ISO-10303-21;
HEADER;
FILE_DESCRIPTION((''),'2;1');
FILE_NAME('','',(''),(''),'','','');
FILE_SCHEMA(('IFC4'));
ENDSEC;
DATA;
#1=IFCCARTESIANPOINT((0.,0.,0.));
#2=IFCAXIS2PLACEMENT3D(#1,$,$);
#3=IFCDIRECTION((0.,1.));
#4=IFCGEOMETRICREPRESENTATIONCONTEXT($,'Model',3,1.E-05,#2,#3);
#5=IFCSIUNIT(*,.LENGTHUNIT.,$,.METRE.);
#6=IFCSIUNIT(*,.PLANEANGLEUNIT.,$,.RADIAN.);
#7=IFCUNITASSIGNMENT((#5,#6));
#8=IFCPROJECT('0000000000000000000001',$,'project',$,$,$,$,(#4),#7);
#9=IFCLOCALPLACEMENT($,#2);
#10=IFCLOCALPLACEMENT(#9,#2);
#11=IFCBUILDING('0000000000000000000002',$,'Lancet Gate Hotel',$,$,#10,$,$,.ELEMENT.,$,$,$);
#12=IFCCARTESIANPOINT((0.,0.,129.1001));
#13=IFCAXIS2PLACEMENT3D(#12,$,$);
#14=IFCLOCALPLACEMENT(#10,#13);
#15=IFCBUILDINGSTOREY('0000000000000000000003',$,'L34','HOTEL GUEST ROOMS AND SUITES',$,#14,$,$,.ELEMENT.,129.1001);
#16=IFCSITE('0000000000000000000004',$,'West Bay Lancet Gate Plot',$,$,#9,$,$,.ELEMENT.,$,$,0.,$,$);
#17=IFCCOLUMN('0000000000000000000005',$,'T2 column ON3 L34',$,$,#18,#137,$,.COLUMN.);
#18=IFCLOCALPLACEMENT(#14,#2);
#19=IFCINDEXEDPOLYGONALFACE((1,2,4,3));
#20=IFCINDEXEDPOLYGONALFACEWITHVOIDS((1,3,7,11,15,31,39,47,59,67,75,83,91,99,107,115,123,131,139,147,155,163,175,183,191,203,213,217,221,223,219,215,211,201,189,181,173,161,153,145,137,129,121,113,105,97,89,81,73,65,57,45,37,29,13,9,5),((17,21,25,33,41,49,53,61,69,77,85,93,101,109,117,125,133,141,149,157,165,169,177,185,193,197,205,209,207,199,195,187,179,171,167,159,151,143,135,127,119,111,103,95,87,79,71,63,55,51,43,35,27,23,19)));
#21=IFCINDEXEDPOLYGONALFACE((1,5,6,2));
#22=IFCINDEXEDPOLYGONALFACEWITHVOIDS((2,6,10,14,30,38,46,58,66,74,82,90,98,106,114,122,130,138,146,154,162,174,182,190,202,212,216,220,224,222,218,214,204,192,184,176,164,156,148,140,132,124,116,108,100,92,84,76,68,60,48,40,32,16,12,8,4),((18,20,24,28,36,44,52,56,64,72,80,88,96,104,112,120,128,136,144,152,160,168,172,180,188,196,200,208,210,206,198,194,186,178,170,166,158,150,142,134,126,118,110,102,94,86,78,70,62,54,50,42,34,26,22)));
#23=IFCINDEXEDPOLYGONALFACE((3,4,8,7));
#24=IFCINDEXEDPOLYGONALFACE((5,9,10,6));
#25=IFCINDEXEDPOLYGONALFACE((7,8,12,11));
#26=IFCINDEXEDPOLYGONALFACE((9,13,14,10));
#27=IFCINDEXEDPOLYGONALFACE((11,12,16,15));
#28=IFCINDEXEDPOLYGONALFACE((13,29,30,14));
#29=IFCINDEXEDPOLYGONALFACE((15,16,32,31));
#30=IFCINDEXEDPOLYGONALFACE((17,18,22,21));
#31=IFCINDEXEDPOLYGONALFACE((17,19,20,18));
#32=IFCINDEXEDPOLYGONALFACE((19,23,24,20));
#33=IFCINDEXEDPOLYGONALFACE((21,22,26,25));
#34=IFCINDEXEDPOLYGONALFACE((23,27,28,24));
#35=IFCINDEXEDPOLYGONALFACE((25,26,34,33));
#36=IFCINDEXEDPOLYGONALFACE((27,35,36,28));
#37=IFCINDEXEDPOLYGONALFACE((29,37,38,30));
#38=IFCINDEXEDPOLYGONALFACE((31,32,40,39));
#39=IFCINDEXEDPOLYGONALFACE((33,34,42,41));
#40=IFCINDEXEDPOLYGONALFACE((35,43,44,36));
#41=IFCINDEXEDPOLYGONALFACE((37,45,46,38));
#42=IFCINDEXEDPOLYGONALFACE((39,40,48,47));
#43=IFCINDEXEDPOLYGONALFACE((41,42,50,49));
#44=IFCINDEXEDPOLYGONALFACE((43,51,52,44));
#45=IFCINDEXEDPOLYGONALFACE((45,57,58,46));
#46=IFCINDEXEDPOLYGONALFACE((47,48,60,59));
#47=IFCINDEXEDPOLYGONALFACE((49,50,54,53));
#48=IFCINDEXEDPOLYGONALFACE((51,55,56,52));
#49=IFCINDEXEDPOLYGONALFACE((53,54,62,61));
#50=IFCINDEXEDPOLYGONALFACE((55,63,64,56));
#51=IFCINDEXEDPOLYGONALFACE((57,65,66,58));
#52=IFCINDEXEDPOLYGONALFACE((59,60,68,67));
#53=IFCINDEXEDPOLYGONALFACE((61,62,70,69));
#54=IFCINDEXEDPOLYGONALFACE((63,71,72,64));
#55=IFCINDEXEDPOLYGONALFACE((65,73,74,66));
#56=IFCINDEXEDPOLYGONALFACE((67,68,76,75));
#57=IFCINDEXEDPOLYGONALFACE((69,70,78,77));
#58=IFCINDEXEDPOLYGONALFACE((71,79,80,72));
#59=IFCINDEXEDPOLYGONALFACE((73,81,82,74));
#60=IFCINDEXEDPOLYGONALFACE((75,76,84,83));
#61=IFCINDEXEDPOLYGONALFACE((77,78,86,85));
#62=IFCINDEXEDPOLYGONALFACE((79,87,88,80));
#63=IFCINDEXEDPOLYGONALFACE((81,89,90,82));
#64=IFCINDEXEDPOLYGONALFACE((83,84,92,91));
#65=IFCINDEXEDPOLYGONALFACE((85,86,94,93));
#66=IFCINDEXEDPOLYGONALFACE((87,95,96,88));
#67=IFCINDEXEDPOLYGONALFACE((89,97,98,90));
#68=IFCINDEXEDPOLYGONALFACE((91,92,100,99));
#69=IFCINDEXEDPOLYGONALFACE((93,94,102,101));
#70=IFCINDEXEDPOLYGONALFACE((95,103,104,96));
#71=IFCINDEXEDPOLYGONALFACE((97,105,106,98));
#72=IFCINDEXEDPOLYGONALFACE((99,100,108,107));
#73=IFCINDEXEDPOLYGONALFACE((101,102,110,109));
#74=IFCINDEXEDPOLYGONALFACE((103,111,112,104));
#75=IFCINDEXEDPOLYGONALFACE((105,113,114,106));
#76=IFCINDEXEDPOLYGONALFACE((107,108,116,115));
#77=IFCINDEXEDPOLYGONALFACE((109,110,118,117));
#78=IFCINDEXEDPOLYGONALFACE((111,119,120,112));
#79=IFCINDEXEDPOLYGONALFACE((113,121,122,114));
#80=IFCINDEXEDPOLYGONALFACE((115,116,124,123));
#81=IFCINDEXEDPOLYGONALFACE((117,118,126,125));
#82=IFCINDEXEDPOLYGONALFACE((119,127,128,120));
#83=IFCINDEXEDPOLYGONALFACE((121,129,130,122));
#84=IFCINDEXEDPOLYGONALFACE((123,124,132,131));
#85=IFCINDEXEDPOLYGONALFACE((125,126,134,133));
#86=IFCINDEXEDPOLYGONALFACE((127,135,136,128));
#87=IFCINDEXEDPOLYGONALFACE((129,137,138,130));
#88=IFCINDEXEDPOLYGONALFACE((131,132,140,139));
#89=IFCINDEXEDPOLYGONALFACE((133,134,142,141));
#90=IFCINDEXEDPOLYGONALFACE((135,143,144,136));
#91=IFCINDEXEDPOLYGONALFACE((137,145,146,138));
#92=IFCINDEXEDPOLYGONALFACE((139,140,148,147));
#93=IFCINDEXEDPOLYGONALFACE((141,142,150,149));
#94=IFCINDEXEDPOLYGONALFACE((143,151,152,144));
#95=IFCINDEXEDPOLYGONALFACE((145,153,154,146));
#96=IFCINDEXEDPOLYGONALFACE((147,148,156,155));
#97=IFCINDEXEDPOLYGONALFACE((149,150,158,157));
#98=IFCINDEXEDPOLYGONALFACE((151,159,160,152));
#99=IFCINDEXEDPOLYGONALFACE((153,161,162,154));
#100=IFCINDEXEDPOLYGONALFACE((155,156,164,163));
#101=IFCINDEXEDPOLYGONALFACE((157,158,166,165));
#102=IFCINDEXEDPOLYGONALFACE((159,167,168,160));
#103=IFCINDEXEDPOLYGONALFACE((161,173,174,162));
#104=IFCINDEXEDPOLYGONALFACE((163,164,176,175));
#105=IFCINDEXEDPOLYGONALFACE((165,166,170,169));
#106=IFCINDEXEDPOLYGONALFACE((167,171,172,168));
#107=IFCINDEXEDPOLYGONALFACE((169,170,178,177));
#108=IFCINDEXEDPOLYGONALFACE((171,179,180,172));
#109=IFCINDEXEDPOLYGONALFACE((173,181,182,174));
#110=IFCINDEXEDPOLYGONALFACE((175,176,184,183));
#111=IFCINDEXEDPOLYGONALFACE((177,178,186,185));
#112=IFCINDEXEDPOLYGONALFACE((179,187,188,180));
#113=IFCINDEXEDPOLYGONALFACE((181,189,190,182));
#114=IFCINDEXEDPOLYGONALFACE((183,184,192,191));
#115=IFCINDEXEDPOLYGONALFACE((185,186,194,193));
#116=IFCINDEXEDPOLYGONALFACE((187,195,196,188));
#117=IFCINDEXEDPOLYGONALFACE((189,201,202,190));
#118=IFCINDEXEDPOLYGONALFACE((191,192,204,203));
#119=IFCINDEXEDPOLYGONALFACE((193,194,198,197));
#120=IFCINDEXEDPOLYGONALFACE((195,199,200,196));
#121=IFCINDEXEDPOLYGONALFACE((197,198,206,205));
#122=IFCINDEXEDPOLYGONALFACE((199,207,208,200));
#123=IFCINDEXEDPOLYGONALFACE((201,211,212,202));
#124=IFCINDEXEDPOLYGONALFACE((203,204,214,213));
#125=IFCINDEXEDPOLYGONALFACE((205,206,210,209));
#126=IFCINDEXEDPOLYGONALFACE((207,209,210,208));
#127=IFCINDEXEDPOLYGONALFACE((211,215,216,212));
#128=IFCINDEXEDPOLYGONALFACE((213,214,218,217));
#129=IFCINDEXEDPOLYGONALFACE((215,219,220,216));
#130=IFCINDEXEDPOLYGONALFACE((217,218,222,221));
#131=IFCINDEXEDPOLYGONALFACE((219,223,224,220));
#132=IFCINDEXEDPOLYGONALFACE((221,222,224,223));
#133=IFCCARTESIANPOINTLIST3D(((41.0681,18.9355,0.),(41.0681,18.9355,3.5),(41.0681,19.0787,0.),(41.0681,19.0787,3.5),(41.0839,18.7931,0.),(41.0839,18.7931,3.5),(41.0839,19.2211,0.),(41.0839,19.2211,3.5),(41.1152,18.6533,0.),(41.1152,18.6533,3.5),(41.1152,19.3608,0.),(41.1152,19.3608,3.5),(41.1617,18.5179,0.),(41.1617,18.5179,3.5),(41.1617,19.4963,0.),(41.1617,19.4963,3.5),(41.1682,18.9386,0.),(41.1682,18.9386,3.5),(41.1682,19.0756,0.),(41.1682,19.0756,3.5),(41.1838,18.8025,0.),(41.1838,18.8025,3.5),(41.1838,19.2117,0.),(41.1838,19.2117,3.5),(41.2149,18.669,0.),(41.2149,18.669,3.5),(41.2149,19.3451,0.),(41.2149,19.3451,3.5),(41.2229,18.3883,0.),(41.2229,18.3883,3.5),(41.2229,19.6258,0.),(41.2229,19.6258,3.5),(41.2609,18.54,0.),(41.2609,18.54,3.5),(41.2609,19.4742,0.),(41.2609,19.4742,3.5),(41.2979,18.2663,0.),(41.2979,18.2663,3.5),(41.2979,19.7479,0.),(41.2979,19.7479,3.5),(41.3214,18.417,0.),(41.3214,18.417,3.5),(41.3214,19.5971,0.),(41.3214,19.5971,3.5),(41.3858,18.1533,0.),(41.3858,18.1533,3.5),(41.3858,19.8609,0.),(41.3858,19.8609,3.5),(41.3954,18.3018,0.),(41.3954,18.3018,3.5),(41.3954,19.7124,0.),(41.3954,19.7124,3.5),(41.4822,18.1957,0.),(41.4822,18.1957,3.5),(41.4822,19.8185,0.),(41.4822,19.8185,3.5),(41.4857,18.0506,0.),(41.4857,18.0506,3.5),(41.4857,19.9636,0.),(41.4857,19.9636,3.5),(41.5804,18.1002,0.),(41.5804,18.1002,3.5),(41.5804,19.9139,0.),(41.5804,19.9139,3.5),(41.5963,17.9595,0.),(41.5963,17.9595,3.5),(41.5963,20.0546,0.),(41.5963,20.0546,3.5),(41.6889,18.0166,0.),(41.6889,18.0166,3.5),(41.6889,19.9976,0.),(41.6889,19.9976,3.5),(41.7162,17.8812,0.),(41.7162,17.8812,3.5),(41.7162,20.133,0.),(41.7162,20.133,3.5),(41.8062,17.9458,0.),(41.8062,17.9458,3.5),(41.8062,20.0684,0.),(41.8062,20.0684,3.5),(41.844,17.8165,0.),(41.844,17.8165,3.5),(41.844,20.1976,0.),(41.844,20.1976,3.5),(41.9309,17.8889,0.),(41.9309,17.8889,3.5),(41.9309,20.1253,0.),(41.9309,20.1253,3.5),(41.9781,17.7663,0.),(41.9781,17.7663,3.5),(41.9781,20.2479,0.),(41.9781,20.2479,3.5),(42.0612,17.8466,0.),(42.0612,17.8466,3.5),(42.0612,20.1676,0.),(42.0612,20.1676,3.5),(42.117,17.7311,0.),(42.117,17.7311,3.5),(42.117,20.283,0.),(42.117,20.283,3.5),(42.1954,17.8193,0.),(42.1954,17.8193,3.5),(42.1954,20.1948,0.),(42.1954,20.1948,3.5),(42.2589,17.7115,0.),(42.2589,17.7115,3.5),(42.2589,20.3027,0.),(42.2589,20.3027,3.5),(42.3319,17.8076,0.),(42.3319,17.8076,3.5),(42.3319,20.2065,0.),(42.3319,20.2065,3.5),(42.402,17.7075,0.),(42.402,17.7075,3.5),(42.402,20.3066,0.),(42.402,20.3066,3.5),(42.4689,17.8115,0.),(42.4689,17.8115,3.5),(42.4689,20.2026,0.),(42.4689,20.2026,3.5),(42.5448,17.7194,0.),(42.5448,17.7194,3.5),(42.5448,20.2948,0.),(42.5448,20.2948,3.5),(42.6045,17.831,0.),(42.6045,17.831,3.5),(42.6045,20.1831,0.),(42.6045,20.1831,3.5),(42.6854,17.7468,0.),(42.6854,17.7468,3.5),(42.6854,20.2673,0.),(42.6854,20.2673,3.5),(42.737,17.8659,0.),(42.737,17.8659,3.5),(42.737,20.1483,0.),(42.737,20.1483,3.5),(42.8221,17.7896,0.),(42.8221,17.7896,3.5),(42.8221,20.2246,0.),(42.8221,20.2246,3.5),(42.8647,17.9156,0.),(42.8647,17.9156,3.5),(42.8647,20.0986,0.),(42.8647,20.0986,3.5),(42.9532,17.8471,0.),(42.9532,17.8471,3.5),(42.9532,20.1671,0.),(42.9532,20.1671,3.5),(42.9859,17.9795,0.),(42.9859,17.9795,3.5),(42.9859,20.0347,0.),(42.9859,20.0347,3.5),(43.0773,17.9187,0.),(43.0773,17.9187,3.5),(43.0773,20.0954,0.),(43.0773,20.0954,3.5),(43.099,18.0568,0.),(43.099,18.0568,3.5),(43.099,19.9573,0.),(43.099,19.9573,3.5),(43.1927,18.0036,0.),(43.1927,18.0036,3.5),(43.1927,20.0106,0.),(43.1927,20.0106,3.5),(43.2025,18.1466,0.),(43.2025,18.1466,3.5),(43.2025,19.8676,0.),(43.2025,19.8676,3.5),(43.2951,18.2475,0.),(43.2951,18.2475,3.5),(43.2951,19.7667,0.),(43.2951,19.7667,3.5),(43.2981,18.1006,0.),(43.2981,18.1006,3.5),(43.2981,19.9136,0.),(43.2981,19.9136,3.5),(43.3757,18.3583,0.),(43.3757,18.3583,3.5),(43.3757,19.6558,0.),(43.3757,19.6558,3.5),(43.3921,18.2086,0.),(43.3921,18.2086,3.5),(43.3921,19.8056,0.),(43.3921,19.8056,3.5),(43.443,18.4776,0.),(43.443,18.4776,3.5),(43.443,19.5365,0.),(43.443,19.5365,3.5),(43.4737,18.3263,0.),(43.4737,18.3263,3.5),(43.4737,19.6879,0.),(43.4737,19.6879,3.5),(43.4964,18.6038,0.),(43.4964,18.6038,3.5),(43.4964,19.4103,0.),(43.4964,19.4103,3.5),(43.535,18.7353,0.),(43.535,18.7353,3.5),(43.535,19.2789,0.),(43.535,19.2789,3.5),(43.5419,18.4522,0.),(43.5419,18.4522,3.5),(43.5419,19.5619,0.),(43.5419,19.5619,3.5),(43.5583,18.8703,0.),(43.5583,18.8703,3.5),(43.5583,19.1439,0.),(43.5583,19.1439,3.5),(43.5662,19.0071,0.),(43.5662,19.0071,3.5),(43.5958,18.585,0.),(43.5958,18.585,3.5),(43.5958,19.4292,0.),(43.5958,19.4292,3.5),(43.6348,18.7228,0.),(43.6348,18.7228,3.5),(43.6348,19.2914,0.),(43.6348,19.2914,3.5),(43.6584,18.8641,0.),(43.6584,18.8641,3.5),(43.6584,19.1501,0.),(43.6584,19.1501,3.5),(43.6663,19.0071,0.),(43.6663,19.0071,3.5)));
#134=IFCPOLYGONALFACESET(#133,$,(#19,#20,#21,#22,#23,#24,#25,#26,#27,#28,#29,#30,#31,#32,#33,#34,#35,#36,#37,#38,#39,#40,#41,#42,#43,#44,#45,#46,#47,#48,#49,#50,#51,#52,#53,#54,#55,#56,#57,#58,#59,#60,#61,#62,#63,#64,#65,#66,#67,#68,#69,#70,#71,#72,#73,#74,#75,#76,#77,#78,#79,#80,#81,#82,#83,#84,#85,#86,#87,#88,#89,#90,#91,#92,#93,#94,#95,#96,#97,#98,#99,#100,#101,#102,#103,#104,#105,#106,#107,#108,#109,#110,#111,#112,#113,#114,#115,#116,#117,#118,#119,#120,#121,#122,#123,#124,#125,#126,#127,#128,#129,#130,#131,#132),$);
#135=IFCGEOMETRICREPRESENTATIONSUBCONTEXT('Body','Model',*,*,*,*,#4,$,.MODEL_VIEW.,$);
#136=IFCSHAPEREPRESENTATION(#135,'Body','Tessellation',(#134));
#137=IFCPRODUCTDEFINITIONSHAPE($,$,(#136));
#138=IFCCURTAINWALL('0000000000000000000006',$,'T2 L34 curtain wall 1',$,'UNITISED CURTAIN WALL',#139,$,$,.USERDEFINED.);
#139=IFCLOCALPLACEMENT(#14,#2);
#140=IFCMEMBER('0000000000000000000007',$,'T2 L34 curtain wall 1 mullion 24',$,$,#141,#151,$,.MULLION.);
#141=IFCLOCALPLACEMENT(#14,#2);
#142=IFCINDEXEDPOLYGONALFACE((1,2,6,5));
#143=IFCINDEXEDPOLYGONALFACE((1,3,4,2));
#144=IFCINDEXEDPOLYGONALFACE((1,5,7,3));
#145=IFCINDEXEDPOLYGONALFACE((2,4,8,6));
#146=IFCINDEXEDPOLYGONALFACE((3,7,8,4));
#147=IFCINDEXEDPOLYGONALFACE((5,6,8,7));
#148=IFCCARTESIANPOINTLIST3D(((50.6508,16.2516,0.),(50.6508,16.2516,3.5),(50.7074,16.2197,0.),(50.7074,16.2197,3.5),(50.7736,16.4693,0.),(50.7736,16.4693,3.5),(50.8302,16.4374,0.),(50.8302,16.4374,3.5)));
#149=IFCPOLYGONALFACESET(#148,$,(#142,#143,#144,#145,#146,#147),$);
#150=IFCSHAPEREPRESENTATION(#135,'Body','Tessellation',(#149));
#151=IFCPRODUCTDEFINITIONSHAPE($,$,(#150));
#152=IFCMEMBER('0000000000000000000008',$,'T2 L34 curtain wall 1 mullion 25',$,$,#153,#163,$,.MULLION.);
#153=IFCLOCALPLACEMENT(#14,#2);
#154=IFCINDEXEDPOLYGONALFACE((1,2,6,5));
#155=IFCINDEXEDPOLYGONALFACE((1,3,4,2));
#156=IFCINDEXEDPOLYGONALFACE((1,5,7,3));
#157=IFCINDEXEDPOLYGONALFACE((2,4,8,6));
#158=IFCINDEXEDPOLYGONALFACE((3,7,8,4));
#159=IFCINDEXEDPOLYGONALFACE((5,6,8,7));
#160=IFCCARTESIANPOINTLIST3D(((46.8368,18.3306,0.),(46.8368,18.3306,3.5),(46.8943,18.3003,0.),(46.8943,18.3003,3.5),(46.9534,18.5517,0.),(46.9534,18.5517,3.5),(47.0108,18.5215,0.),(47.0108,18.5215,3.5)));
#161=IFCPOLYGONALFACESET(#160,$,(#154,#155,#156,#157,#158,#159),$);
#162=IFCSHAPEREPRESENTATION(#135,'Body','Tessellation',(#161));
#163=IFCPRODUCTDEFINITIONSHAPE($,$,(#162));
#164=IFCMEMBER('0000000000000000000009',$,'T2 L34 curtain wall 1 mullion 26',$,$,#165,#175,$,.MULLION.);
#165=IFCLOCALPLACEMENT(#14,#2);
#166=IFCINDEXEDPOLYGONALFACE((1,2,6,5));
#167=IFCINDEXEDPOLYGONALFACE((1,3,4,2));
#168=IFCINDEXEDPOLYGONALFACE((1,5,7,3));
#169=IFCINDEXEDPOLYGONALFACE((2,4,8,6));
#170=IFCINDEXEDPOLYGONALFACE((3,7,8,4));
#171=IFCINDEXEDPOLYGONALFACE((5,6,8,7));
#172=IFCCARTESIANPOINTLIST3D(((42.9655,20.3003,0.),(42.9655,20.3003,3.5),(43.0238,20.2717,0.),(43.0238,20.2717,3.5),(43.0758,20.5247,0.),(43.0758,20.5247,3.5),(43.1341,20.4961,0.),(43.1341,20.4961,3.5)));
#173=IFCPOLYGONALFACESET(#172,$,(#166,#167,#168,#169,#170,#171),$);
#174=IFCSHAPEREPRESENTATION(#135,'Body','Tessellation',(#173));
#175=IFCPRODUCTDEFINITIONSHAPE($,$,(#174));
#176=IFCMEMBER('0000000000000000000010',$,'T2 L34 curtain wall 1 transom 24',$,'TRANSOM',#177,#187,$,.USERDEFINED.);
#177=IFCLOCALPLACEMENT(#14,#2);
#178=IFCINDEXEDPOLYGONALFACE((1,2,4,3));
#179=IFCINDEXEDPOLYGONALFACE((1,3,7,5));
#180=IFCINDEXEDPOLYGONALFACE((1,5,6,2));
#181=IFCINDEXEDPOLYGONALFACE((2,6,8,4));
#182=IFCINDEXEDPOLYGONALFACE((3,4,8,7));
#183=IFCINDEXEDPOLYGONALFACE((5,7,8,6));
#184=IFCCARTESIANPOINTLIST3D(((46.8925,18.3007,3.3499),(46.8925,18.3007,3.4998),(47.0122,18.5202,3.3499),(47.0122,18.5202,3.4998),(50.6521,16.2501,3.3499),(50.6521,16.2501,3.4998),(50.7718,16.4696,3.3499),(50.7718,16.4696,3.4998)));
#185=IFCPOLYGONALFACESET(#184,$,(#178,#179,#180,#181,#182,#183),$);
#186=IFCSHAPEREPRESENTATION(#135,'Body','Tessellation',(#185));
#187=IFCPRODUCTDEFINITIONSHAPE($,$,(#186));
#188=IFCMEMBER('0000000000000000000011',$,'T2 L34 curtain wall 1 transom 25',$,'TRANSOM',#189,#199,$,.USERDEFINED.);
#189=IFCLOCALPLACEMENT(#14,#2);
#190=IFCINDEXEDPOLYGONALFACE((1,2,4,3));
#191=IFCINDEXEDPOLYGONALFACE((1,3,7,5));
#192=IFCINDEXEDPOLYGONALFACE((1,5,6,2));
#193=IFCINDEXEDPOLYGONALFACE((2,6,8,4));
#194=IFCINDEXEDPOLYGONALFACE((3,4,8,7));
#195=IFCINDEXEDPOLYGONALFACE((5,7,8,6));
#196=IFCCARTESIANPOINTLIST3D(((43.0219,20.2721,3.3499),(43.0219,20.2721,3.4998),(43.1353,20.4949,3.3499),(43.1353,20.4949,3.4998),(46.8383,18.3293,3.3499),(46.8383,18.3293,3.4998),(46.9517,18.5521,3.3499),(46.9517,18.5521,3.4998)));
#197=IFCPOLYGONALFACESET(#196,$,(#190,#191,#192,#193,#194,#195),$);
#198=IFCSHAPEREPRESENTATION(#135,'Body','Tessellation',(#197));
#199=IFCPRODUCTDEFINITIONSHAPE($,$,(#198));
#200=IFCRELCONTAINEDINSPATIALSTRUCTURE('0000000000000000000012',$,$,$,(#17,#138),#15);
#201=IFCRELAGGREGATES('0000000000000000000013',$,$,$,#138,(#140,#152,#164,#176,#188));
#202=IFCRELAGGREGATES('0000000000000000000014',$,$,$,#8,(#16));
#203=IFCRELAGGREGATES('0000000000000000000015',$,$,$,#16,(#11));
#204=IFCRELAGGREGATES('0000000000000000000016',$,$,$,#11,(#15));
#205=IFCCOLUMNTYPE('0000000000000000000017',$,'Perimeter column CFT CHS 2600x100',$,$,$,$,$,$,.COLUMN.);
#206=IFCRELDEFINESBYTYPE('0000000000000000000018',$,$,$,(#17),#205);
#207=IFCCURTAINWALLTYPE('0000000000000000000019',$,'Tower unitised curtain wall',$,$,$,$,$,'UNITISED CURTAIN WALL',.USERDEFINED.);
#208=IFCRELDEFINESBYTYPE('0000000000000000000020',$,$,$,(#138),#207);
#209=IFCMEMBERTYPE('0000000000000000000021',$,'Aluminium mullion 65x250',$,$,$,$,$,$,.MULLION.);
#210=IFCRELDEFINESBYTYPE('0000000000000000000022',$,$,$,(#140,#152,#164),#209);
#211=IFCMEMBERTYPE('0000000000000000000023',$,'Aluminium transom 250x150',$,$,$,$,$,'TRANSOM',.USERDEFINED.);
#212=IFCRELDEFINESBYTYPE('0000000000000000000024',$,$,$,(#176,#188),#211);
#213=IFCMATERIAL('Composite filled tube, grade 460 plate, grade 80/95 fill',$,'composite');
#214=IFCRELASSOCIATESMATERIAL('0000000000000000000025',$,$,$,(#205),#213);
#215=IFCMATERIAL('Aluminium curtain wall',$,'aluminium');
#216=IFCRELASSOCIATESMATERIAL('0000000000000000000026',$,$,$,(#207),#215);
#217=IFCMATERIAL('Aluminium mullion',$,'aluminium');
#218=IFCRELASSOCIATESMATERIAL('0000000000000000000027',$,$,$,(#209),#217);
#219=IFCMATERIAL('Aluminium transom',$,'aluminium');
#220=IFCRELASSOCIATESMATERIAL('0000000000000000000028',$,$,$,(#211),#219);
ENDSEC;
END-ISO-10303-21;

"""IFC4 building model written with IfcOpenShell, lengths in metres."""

from ifc_helpers import new_model, si_unit, direction, frame, origin, origin_2d, place, context, subcontext, project, spatial, rectangle, hollow_circle, extrude, material, material_profile, profile_set, type_object, element, aggregate, save


model = new_model("IFC4")

# Units and contexts
model_context = context("Model", 3, precision=1e-05, world=origin(), true_north=direction((0.0, 1.0)))
body_context = subcontext(model_context, "Body", "Model", "MODEL_VIEW")
ifc_project = project(units=[si_unit("LENGTHUNIT", "METRE"), si_unit("PLANEANGLEUNIT", "RADIAN")], contexts=[model_context])

# Site, building, storey
site_placement = place(None, origin())
site = spatial("IfcSite", under=ifc_project, at=site_placement, Name="West Bay Lancet Gate Plot", CompositionType="ELEMENT", RefElevation=0.0)
building_placement = place(site_placement, origin())
building = spatial("IfcBuilding", under=site, at=building_placement, Name="Lancet Gate Hotel", CompositionType="ELEMENT")
storey_placement = place(building_placement, frame((0.0, 0.0, 129.1001)))
storey = spatial("IfcBuildingStorey", under=building, at=storey_placement, Name="L34", Description="HOTEL GUEST ROOMS AND SUITES", CompositionType="ELEMENT", Elevation=129.1001)

# Column
ifc_material_1 = material(Name="Composite filled tube, grade 460 plate, grade 80/95 fill", Category="composite")
ifc_material_profile_1 = material_profile(ifc_material_1, hollow_circle(Radius=1.3, WallThickness=0.1001, at=origin_2d()), Name="CHS 2600x100")
ifc_profile_set_1 = profile_set([ifc_material_profile_1], Name="Composite filled tube, grade 460 plate, grade 80/95 fill")
column_type = type_object("IfcColumnType", Name="Perimeter column CFT CHS 2600x100", PredefinedType="COLUMN", material=ifc_profile_set_1)
for number, where, z_axis, x_axis, name in (
    (1, (42.3662, 19.0071, 0.0), (0.0, 0.0, 1.0), (1.0, 0.0, 0.0), "T2 column ON3 L34"),
):
    element("IfcColumn", number, at=place(storey_placement, frame(where, z_axis=z_axis, x_axis=x_axis)), inside=storey, type_object=column_type, Name=name, PredefinedType="COLUMN", context=body_context, shape_type="SweptSolid", body=[
        extrude(hollow_circle(Radius=1.3, WallThickness=0.1001, at=origin_2d()), origin(), (0.0, 0.0, 1.0), 3.5),
    ])

# Curtain wall, members
ifc_material_2 = material(Name="Aluminium curtain wall", Category="aluminium")
curtain_wall_type = type_object("IfcCurtainWallType", Name="Tower unitised curtain wall", ElementType="UNITISED CURTAIN WALL", PredefinedType="USERDEFINED", material=ifc_material_2)
curtain_wall_placement = place(storey_placement, origin())
curtain_wall = element("IfcCurtainWall", 2, at=curtain_wall_placement, inside=storey, type_object=curtain_wall_type, Name="T2 L34 curtain wall 1", ObjectType="UNITISED CURTAIN WALL", PredefinedType="USERDEFINED")
ifc_material_3 = material(Name="Aluminium mullion", Category="aluminium")
ifc_material_profile_2 = material_profile(ifc_material_3, rectangle(XDim=0.0649, YDim=0.25, at=origin_2d()), Name="MULLION 65x250")
ifc_profile_set_2 = profile_set([ifc_material_profile_2], Name="Aluminium mullion")
member_type_1 = type_object("IfcMemberType", Name="Aluminium mullion 65x250", PredefinedType="MULLION", material=ifc_profile_set_2)
member_1_placement = place(storey_placement, frame((50.7405, 16.3445, 0.0), z_axis=(0.0, 0.0, 1.0), x_axis=(-0.871029, 0.491232, 0.0)))
member_1 = element("IfcMember", 3, at=member_1_placement, type_object=member_type_1, Name="T2 L34 curtain wall 1 mullion 24", PredefinedType="MULLION", context=body_context, shape_type="SweptSolid", body=[
    extrude(rectangle(XDim=0.0649, YDim=0.25, at=origin_2d()), origin(), (0.0, 0.0, 1.0), 3.5),
])
member_2_placement = place(storey_placement, frame((46.9238, 18.426, 0.0), z_axis=(0.0, 0.0, 1.0), x_axis=(-0.884627, 0.466299, 0.0)))
member_2 = element("IfcMember", 4, at=member_2_placement, type_object=member_type_1, Name="T2 L34 curtain wall 1 mullion 25", PredefinedType="MULLION", context=body_context, shape_type="SweptSolid", body=[
    extrude(rectangle(XDim=0.0649, YDim=0.25, at=origin_2d()), origin(), (0.0, 0.0, 1.0), 3.5),
])
member_3_placement = place(storey_placement, frame((43.0498, 20.3982, 0.0), z_axis=(0.0, 0.0, 1.0), x_axis=(-0.897512, 0.44099, 0.0)))
member_3 = element("IfcMember", 5, at=member_3_placement, type_object=member_type_1, Name="T2 L34 curtain wall 1 mullion 26", PredefinedType="MULLION", context=body_context, shape_type="SweptSolid", body=[
    extrude(rectangle(XDim=0.0649, YDim=0.25, at=origin_2d()), origin(), (0.0, 0.0, 1.0), 3.5),
])
ifc_material_4 = material(Name="Aluminium transom", Category="aluminium")
ifc_material_profile_3 = material_profile(ifc_material_4, rectangle(XDim=0.25, YDim=0.1499, at=origin_2d()), Name="TRANSOM 250x150")
ifc_profile_set_3 = profile_set([ifc_material_profile_3], Name="Aluminium transom")
member_type_2 = type_object("IfcMemberType", Name="Aluminium transom 250x150", ElementType="TRANSOM", PredefinedType="USERDEFINED", material=ifc_profile_set_3)
member_4_placement = place(storey_placement, frame((50.7119, 16.3599, 3.4248), z_axis=(-0.877906, 0.478832, 0.0), x_axis=(-0.478832, -0.877906, 0.0)))
member_4 = element("IfcMember", 6, at=member_4_placement, type_object=member_type_2, Name="T2 L34 curtain wall 1 transom 24", ObjectType="TRANSOM", PredefinedType="USERDEFINED", context=body_context, shape_type="SweptSolid", body=[
    extrude(rectangle(XDim=0.25, YDim=0.1499, at=origin_2d()), origin(), (0.0, 0.0, 1.0), 4.2825),
])
member_5_placement = place(storey_placement, frame((46.895, 18.4407, 3.4248), z_axis=(-0.891166, 0.453678, 0.0), x_axis=(-0.453678, -0.891166, 0.0)))
member_5 = element("IfcMember", 7, at=member_5_placement, type_object=member_type_2, Name="T2 L34 curtain wall 1 transom 25", ObjectType="TRANSOM", PredefinedType="USERDEFINED", context=body_context, shape_type="SweptSolid", body=[
    extrude(rectangle(XDim=0.25, YDim=0.1499, at=origin_2d()), origin(), (0.0, 0.0, 1.0), 4.2825),
])

aggregate(curtain_wall, [member_1, member_2, member_3, member_4, member_5])

save(model, "model.ifc")
